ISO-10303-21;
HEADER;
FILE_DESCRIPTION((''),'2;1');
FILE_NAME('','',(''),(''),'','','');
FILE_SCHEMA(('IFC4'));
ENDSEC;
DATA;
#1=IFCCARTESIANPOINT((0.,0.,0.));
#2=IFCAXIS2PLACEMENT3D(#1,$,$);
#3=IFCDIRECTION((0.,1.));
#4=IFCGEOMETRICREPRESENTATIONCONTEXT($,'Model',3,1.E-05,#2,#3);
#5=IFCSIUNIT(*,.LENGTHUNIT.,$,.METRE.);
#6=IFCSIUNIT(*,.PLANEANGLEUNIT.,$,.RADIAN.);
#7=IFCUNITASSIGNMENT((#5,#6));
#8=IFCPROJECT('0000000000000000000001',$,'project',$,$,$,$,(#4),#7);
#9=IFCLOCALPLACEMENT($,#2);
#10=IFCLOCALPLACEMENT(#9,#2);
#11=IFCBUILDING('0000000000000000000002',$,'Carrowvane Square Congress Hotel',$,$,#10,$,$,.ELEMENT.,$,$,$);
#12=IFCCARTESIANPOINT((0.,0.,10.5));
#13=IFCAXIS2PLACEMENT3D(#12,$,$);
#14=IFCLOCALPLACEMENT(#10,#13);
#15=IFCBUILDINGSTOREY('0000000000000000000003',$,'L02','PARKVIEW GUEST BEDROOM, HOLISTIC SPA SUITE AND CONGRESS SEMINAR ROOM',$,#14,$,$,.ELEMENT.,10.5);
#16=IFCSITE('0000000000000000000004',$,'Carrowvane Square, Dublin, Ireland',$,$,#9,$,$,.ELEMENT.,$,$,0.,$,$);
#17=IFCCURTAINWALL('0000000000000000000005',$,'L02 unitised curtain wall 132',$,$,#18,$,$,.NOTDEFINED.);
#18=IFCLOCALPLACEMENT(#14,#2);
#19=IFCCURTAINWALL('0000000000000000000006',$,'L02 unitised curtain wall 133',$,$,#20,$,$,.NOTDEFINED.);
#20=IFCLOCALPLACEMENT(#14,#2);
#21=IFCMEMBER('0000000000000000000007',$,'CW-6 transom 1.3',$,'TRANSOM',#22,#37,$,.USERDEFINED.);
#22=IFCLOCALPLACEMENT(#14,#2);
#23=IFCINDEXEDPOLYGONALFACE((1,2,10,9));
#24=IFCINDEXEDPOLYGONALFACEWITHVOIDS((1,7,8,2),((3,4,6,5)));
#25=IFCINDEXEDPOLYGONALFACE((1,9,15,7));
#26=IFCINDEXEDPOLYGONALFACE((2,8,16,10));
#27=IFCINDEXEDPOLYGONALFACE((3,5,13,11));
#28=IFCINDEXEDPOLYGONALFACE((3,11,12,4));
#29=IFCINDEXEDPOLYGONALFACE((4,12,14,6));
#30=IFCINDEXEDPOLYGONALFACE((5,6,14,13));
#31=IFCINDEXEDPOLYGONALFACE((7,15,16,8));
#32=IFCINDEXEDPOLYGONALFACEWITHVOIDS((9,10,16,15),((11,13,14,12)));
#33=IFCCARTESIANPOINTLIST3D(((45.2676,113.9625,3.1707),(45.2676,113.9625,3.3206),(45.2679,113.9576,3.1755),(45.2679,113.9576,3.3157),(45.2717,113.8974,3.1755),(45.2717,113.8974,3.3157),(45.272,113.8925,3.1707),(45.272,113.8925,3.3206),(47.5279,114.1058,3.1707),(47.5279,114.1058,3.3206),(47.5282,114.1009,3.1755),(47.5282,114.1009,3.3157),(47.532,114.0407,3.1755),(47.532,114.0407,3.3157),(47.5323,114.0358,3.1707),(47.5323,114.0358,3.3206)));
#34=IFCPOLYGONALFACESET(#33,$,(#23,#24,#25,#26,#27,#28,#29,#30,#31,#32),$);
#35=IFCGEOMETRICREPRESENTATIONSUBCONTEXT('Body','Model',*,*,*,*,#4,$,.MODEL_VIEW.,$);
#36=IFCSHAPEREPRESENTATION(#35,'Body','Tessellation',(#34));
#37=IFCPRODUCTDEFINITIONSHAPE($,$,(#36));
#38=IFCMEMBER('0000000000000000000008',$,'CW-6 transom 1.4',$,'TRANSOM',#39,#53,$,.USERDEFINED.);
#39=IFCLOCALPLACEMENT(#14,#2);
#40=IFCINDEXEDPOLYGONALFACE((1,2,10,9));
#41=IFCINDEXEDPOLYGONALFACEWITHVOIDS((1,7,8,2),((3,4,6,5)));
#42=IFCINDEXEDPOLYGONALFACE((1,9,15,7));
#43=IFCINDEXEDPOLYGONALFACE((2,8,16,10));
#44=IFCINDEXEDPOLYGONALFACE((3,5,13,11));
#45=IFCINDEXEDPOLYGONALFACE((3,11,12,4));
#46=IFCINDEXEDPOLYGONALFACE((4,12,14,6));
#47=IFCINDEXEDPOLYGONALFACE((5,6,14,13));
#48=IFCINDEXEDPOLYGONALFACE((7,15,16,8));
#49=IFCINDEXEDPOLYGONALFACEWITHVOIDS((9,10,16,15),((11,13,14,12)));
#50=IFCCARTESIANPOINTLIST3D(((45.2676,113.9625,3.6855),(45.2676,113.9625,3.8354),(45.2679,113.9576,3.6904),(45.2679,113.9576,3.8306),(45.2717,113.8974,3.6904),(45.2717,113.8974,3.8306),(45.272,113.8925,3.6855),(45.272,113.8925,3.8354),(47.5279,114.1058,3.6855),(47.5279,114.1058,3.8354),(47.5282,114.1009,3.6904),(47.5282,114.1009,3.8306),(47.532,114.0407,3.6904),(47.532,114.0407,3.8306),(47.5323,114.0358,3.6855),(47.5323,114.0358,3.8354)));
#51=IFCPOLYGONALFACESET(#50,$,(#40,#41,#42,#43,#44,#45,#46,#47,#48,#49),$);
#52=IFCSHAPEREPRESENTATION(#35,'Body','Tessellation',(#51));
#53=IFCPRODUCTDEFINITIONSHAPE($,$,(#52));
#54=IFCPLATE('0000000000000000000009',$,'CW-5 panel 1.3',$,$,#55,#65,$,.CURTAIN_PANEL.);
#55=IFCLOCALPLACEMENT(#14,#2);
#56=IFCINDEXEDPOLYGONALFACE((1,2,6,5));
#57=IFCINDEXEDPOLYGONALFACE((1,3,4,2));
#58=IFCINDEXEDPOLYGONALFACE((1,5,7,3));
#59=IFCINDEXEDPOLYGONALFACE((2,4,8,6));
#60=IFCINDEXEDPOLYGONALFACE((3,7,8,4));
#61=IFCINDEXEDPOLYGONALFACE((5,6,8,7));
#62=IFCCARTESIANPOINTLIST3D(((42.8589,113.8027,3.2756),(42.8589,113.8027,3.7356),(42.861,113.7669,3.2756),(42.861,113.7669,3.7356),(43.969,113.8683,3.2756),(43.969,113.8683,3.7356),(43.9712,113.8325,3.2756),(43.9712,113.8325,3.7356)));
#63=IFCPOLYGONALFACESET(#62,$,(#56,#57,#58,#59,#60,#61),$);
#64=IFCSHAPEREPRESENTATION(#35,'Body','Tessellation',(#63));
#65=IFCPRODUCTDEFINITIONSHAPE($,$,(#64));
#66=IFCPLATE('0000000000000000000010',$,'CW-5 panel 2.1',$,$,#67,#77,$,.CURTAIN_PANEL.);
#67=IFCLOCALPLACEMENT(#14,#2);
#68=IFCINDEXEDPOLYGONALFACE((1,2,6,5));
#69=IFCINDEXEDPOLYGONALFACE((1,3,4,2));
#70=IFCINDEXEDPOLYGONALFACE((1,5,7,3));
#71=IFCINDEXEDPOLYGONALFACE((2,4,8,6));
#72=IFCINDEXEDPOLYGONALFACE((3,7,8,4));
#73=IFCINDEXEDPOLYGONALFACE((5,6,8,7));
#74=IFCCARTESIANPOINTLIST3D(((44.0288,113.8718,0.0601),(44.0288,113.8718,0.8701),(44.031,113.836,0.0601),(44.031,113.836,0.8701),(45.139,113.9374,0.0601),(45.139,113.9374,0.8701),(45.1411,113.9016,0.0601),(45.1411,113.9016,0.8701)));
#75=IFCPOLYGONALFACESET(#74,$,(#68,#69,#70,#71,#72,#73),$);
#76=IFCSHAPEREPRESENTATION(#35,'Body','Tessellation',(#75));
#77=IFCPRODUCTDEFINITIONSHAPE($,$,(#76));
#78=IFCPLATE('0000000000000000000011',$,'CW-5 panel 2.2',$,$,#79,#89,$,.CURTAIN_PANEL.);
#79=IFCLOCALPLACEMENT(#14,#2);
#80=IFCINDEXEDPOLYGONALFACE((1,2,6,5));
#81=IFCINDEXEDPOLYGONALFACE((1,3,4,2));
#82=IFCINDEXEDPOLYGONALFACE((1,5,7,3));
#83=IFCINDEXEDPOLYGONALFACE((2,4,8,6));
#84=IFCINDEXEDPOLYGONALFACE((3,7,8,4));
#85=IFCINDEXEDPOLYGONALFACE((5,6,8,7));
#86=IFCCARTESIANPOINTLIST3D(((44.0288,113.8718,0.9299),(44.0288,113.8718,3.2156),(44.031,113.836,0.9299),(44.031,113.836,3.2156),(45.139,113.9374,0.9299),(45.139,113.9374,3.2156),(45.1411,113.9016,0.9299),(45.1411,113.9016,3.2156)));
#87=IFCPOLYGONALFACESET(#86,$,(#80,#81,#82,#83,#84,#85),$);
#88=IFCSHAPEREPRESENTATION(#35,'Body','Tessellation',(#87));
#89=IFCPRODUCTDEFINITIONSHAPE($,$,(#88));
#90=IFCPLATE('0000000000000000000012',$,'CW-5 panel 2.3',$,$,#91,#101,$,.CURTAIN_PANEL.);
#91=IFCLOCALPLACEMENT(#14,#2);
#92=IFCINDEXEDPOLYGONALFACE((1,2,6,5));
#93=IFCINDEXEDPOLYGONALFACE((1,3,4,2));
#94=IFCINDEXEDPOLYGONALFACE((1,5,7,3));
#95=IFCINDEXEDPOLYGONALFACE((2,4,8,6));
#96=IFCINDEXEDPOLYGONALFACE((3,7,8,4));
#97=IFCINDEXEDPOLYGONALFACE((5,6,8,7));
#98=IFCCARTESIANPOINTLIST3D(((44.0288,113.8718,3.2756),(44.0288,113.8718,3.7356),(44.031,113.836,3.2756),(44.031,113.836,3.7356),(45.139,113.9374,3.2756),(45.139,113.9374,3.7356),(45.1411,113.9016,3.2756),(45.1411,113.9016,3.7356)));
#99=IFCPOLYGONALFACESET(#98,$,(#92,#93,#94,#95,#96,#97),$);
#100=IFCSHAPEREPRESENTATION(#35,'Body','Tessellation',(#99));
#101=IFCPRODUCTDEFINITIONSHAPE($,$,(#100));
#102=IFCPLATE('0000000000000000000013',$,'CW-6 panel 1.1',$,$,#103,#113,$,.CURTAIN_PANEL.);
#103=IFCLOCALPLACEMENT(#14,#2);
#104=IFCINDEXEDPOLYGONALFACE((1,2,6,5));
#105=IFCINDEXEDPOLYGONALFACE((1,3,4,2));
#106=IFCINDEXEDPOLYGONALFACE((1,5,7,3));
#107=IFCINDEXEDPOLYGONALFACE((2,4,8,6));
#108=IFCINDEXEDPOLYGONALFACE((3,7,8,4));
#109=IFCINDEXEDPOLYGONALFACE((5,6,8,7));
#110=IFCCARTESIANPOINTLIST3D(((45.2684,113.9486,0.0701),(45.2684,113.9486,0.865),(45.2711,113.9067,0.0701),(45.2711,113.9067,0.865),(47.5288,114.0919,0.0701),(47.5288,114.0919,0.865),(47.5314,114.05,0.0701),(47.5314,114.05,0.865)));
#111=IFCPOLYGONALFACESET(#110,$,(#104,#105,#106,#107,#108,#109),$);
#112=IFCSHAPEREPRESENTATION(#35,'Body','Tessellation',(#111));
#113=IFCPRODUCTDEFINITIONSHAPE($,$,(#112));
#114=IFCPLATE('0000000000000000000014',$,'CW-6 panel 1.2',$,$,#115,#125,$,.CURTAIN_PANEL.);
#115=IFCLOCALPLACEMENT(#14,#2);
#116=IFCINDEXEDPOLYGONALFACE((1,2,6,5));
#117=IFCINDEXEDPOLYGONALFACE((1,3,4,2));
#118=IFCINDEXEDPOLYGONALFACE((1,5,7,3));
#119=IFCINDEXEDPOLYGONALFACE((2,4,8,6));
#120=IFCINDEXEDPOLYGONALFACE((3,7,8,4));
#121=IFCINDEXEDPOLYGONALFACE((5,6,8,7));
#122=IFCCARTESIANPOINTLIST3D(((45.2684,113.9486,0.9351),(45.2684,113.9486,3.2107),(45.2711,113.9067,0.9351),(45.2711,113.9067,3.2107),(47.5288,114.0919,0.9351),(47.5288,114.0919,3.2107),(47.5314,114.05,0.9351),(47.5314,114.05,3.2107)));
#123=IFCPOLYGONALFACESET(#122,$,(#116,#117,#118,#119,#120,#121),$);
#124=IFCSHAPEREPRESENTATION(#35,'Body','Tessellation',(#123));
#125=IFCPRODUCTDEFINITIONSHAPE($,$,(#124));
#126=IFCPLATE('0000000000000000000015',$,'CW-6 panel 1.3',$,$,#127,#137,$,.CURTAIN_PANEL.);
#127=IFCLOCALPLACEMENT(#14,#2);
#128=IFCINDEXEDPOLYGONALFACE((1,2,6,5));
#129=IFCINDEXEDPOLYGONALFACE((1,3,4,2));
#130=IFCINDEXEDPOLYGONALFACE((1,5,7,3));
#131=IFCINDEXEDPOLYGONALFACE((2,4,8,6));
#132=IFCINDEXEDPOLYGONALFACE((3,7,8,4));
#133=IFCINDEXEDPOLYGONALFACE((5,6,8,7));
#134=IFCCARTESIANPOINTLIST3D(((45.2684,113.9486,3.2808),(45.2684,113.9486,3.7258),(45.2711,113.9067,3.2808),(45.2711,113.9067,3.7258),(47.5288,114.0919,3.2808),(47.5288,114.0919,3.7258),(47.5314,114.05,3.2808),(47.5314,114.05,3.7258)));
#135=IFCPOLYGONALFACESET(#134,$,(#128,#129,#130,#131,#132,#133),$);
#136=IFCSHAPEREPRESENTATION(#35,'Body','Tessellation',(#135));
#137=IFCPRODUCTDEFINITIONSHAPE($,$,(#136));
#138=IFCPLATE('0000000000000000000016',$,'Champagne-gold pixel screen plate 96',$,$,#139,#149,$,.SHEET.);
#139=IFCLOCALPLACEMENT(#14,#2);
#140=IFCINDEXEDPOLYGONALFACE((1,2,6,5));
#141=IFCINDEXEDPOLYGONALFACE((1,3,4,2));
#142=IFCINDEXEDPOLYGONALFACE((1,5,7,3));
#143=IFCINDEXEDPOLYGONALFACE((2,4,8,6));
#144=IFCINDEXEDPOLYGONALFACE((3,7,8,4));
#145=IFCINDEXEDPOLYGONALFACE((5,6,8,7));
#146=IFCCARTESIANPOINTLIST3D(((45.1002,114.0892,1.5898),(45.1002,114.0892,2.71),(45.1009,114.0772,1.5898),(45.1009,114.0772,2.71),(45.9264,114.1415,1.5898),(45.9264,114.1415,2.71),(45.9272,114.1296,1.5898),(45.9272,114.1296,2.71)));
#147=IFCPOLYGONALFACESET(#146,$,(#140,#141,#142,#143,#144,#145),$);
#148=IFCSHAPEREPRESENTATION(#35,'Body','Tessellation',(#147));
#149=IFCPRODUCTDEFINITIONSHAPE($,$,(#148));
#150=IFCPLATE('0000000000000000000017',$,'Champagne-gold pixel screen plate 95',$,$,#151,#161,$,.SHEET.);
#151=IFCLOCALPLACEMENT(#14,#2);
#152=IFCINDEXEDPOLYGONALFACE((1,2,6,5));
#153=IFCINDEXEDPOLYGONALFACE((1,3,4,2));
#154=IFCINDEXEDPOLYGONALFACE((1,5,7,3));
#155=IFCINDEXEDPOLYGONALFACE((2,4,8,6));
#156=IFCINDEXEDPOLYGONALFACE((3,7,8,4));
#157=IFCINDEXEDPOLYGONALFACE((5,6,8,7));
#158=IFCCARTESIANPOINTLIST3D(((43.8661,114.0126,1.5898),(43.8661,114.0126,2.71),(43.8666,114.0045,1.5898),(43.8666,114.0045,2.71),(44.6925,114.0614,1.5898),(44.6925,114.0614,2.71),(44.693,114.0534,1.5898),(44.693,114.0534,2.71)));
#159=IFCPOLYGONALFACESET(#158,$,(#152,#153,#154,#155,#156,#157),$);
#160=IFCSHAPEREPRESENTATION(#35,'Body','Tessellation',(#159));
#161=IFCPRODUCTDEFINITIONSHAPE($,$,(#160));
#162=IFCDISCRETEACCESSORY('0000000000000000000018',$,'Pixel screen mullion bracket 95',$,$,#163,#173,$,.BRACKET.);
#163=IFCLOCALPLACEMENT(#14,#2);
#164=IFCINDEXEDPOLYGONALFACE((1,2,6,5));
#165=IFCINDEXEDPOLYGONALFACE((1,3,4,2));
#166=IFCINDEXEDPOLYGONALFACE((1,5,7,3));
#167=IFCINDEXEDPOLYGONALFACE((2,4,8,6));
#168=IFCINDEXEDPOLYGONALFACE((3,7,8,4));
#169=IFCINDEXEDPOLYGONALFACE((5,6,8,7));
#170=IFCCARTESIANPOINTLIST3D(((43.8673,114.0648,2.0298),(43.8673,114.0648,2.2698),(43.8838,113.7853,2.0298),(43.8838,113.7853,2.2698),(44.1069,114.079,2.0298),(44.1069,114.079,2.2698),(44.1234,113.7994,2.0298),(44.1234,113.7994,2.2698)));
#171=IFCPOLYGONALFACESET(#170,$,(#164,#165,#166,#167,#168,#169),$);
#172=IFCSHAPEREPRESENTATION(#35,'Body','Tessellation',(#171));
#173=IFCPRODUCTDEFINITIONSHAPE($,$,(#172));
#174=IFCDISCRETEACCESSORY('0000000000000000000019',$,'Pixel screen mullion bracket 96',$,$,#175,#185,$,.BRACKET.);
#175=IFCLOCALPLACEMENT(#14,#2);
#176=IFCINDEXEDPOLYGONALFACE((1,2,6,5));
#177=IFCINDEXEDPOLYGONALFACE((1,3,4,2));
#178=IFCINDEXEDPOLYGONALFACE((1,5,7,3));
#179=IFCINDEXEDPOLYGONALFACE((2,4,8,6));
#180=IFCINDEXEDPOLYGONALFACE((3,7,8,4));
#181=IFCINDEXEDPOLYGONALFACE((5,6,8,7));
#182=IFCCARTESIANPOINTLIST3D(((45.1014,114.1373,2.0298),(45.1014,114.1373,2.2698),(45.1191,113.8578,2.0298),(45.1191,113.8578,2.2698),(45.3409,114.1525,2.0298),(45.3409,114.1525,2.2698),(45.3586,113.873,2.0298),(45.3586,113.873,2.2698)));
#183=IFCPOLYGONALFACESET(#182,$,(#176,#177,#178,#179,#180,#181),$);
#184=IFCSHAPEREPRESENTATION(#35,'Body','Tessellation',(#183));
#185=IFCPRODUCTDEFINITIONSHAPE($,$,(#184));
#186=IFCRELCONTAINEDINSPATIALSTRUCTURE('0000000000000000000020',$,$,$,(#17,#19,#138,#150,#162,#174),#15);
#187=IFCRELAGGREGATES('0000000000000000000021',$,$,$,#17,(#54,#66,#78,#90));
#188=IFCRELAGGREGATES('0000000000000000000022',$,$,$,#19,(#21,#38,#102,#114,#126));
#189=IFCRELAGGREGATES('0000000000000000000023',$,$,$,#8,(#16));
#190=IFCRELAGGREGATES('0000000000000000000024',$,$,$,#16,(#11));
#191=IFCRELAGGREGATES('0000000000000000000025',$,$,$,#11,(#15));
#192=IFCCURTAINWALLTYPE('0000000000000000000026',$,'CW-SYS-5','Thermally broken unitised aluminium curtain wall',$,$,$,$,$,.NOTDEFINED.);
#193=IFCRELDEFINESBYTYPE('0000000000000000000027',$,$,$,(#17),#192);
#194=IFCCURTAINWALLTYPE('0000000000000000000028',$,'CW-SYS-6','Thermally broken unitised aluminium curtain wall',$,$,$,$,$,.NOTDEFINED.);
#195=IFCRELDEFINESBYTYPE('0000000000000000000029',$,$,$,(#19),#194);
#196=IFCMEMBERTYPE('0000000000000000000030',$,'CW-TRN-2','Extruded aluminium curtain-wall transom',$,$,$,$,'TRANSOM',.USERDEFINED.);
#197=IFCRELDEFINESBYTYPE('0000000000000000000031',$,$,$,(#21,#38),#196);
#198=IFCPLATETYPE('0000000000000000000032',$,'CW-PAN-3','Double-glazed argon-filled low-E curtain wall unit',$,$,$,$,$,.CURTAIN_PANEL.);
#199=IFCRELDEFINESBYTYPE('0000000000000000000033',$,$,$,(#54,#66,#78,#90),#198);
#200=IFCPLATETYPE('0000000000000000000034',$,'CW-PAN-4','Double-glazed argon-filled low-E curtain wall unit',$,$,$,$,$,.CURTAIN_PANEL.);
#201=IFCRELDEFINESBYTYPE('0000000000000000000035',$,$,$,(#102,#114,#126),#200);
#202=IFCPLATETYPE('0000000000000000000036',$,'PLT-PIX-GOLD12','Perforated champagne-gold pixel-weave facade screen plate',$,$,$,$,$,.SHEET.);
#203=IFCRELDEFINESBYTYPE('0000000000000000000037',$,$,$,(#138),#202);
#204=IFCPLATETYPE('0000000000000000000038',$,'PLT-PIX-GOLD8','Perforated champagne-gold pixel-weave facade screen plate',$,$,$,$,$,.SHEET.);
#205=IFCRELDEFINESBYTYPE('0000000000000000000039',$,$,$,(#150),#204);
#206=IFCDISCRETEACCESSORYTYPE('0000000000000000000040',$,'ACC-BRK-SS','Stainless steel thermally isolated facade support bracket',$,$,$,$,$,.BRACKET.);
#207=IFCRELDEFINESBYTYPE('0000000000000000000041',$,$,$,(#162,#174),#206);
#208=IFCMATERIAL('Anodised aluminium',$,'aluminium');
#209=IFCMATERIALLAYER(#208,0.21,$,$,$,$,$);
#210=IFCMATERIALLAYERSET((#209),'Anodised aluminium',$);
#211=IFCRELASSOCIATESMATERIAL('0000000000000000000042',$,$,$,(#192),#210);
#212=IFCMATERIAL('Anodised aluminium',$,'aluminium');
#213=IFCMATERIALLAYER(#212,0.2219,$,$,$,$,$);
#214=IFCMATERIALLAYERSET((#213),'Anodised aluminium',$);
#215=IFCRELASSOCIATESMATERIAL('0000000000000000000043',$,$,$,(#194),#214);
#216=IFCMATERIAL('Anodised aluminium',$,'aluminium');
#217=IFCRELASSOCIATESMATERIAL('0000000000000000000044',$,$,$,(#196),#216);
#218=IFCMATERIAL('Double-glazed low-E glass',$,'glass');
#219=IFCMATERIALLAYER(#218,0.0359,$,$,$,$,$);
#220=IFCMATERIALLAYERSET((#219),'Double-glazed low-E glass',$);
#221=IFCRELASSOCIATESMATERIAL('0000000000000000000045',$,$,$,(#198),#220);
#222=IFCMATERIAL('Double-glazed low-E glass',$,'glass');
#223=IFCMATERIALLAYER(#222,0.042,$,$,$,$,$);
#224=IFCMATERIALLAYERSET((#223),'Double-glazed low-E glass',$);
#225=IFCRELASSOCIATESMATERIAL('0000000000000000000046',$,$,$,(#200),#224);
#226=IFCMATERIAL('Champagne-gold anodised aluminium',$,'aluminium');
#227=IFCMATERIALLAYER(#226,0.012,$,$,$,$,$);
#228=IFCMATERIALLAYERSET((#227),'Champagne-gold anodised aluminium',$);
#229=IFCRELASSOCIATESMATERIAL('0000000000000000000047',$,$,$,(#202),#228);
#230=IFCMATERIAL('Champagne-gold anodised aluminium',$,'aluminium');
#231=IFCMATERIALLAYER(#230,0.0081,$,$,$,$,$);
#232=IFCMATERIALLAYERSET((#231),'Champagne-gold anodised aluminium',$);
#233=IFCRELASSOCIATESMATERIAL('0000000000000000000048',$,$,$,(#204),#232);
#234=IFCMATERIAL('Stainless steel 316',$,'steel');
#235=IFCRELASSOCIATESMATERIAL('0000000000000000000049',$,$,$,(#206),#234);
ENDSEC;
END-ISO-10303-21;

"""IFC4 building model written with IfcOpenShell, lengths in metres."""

from ifc_helpers import new_model, si_unit, direction, frame, origin, origin_2d, place, context, subcontext, project, spatial, rectangle, hollow_rectangle, extrude, material, layer, layer_set, material_profile, profile_set, type_object, element, aggregate, save


model = new_model("IFC4")

# Units and contexts
model_context = context("Model", 3, precision=1e-05, world=origin(), true_north=direction((0.0, 1.0)))
body_context = subcontext(model_context, "Body", "Model", "MODEL_VIEW")
ifc_project = project(units=[si_unit("LENGTHUNIT", "METRE"), si_unit("PLANEANGLEUNIT", "RADIAN")], contexts=[model_context])

# Site, building, storey
site_placement = place(None, origin())
site = spatial("IfcSite", under=ifc_project, at=site_placement, Name="Carrowvane Square, Dublin, Ireland", CompositionType="ELEMENT", RefElevation=0.0)
building_placement = place(site_placement, origin())
building = spatial("IfcBuilding", under=site, at=building_placement, Name="Carrowvane Square Congress Hotel", CompositionType="ELEMENT")
storey_placement = place(building_placement, frame((0.0, 0.0, 10.5)))
storey = spatial("IfcBuildingStorey", under=building, at=storey_placement, Name="L02", Description="PARKVIEW GUEST BEDROOM, HOLISTIC SPA SUITE AND CONGRESS SEMINAR ROOM", CompositionType="ELEMENT", Elevation=10.5)

# Curtain walls
ifc_material_1 = material(Name="Anodised aluminium", Category="aluminium")
ifc_layer_1 = layer(ifc_material_1, 0.21)
ifc_layer_set_1 = layer_set([ifc_layer_1], Name="Anodised aluminium")
curtain_wall_type_1 = type_object("IfcCurtainWallType", Name="CW-SYS-5", Description="Thermally broken unitised aluminium curtain wall", PredefinedType="NOTDEFINED", material=ifc_layer_set_1)
curtain_wall_1_placement = place(storey_placement, origin())
curtain_wall_1 = element("IfcCurtainWall", 1, at=curtain_wall_1_placement, inside=storey, type_object=curtain_wall_type_1, Name="L02 unitised curtain wall 132", PredefinedType="NOTDEFINED")
ifc_material_2 = material(Name="Anodised aluminium", Category="aluminium")
ifc_layer_2 = layer(ifc_material_2, 0.2219)
ifc_layer_set_2 = layer_set([ifc_layer_2], Name="Anodised aluminium")
curtain_wall_type_2 = type_object("IfcCurtainWallType", Name="CW-SYS-6", Description="Thermally broken unitised aluminium curtain wall", PredefinedType="NOTDEFINED", material=ifc_layer_set_2)
curtain_wall_2_placement = place(storey_placement, origin())
curtain_wall_2 = element("IfcCurtainWall", 2, at=curtain_wall_2_placement, inside=storey, type_object=curtain_wall_type_2, Name="L02 unitised curtain wall 133", PredefinedType="NOTDEFINED")

# Members
ifc_material_3 = material(Name="Anodised aluminium", Category="aluminium")
ifc_material_profile_1 = material_profile(ifc_material_3, hollow_rectangle(XDim=0.0701, YDim=0.1499, WallThickness=0.0049, at=origin_2d()), Name="CW-TR 70x150x5")
ifc_profile_set_1 = profile_set([ifc_material_profile_1], Name="Anodised aluminium")
member_type_1 = type_object("IfcMemberType", Name="CW-TRN-2", Description="Extruded aluminium curtain-wall transom", ElementType="TRANSOM", PredefinedType="USERDEFINED", material=ifc_profile_set_1)
member_1_placement = place(storey_placement, frame((45.2698, 113.9275, 3.2456), z_axis=(0.997996, 0.063278, 0.0), x_axis=(-0.063278, 0.997996, 0.0)))
member_1 = element("IfcMember", 3, at=member_1_placement, type_object=member_type_1, Name="CW-6 transom 1.3", ObjectType="TRANSOM", PredefinedType="USERDEFINED", context=body_context, shape_type="SweptSolid", body=[
    extrude(hollow_rectangle(XDim=0.0701, YDim=0.1499, WallThickness=0.0049, at=origin_2d()), origin(), (0.0, 0.0, 1.0), 2.2649),
])
member_2_placement = place(storey_placement, frame((45.2698, 113.9275, 3.7605), z_axis=(0.997996, 0.063278, 0.0), x_axis=(-0.063278, 0.997996, 0.0)))
member_2 = element("IfcMember", 4, at=member_2_placement, type_object=member_type_1, Name="CW-6 transom 1.4", ObjectType="TRANSOM", PredefinedType="USERDEFINED", context=body_context, shape_type="SweptSolid", body=[
    extrude(hollow_rectangle(XDim=0.0701, YDim=0.1499, WallThickness=0.0049, at=origin_2d()), origin(), (0.0, 0.0, 1.0), 2.2649),
])

# Plates
ifc_material_4 = material(Name="Double-glazed low-E glass", Category="glass")
ifc_layer_3 = layer(ifc_material_4, 0.0359)
ifc_layer_set_3 = layer_set([ifc_layer_3], Name="Double-glazed low-E glass")
plate_type_1 = type_object("IfcPlateType", Name="CW-PAN-3", Description="Double-glazed argon-filled low-E curtain wall unit", PredefinedType="CURTAIN_PANEL", material=ifc_layer_set_3)
plate_1_placement = place(storey_placement, frame((43.415, 113.8176, 3.2756), z_axis=(0.0, 0.0, 1.0), x_axis=(0.998259, 0.058989, 0.0)))
plate_1 = element("IfcPlate", 5, at=plate_1_placement, type_object=plate_type_1, Name="CW-5 panel 1.3", PredefinedType="CURTAIN_PANEL", context=body_context, shape_type="SweptSolid", body=[
    extrude(rectangle(XDim=1.1121, YDim=0.0359, at=origin_2d()), origin(), (0.0, 0.0, 1.0), 0.46),
])
plate_2_placement = place(storey_placement, frame((44.585, 113.8867, 0.0601), z_axis=(0.0, 0.0, 1.0), x_axis=(0.998259, 0.058989, 0.0)))
plate_2 = element("IfcPlate", 6, at=plate_2_placement, type_object=plate_type_1, Name="CW-5 panel 2.1", PredefinedType="CURTAIN_PANEL", context=body_context, shape_type="SweptSolid", body=[
    extrude(rectangle(XDim=1.1121, YDim=0.0359, at=origin_2d()), origin(), (0.0, 0.0, 1.0), 0.8101),
])
plate_3_placement = place(storey_placement, frame((44.585, 113.8867, 0.9299), z_axis=(0.0, 0.0, 1.0), x_axis=(0.998259, 0.058989, 0.0)))
plate_3 = element("IfcPlate", 7, at=plate_3_placement, type_object=plate_type_1, Name="CW-5 panel 2.2", PredefinedType="CURTAIN_PANEL", context=body_context, shape_type="SweptSolid", body=[
    extrude(rectangle(XDim=1.1121, YDim=0.0359, at=origin_2d()), origin(), (0.0, 0.0, 1.0), 2.2856),
])
plate_4_placement = place(storey_placement, frame((44.585, 113.8867, 3.2756), z_axis=(0.0, 0.0, 1.0), x_axis=(0.998259, 0.058989, 0.0)))
plate_4 = element("IfcPlate", 8, at=plate_4_placement, type_object=plate_type_1, Name="CW-5 panel 2.3", PredefinedType="CURTAIN_PANEL", context=body_context, shape_type="SweptSolid", body=[
    extrude(rectangle(XDim=1.1121, YDim=0.0359, at=origin_2d()), origin(), (0.0, 0.0, 1.0), 0.46),
])
aggregate(curtain_wall_1, [plate_1, plate_2, plate_3, plate_4])
ifc_material_5 = material(Name="Double-glazed low-E glass", Category="glass")
ifc_layer_4 = layer(ifc_material_5, 0.042)
ifc_layer_set_4 = layer_set([ifc_layer_4], Name="Double-glazed low-E glass")
plate_type_2 = type_object("IfcPlateType", Name="CW-PAN-4", Description="Double-glazed argon-filled low-E curtain wall unit", PredefinedType="CURTAIN_PANEL", material=ifc_layer_set_4)
plate_5_placement = place(storey_placement, frame((46.3999, 113.9993, 0.0701), z_axis=(0.0, 0.0, 1.0), x_axis=(0.997996, 0.063273, 0.0)))
plate_5 = element("IfcPlate", 9, at=plate_5_placement, type_object=plate_type_2, Name="CW-6 panel 1.1", PredefinedType="CURTAIN_PANEL", context=body_context, shape_type="SweptSolid", body=[
    extrude(rectangle(XDim=2.2649, YDim=0.042, at=origin_2d()), origin(), (0.0, 0.0, 1.0), 0.7949),
])
plate_6_placement = place(storey_placement, frame((46.3999, 113.9993, 0.9351), z_axis=(0.0, 0.0, 1.0), x_axis=(0.997996, 0.063273, 0.0)))
plate_6 = element("IfcPlate", 10, at=plate_6_placement, type_object=plate_type_2, Name="CW-6 panel 1.2", PredefinedType="CURTAIN_PANEL", context=body_context, shape_type="SweptSolid", body=[
    extrude(rectangle(XDim=2.2649, YDim=0.042, at=origin_2d()), origin(), (0.0, 0.0, 1.0), 2.2756),
])
plate_7_placement = place(storey_placement, frame((46.3999, 113.9993, 3.2808), z_axis=(0.0, 0.0, 1.0), x_axis=(0.997996, 0.063273, 0.0)))
plate_7 = element("IfcPlate", 11, at=plate_7_placement, type_object=plate_type_2, Name="CW-6 panel 1.3", PredefinedType="CURTAIN_PANEL", context=body_context, shape_type="SweptSolid", body=[
    extrude(rectangle(XDim=2.2649, YDim=0.042, at=origin_2d()), origin(), (0.0, 0.0, 1.0), 0.4451),
])
aggregate(curtain_wall_2, [member_1, member_2, plate_5, plate_6, plate_7])

# Plates
ifc_material_6 = material(Name="Champagne-gold anodised aluminium", Category="aluminium")
ifc_layer_5 = layer(ifc_material_6, 0.012)
ifc_layer_set_5 = layer_set([ifc_layer_5], Name="Champagne-gold anodised aluminium")
plate_type_3 = type_object("IfcPlateType", Name="PLT-PIX-GOLD12", Description="Perforated champagne-gold pixel-weave facade screen plate", PredefinedType="SHEET", material=ifc_layer_set_5)
plate_8_placement = place(storey_placement, frame((45.5137, 114.1094, 1.5898), z_axis=(0.0, 0.0, 1.0), x_axis=(0.997996, 0.063277, 0.0)))
element("IfcPlate", 12, at=plate_8_placement, inside=storey, type_object=plate_type_3, Name="Champagne-gold pixel screen plate 96", PredefinedType="SHEET", context=body_context, shape_type="SweptSolid", body=[
    extrude(rectangle(XDim=0.8279, YDim=0.012, at=origin_2d()), origin(), (0.0, 0.0, 1.0), 1.1201),
])
ifc_material_7 = material(Name="Champagne-gold anodised aluminium", Category="aluminium")
ifc_layer_6 = layer(ifc_material_7, 0.0081)
ifc_layer_set_6 = layer_set([ifc_layer_6], Name="Champagne-gold anodised aluminium")
plate_type_4 = type_object("IfcPlateType", Name="PLT-PIX-GOLD8", Description="Perforated champagne-gold pixel-weave facade screen plate", PredefinedType="SHEET", material=ifc_layer_set_6)
plate_9_placement = place(storey_placement, frame((44.2795, 114.033, 1.5898), z_axis=(0.0, 0.0, 1.0), x_axis=(0.998259, 0.058985, 0.0)))
element("IfcPlate", 13, at=plate_9_placement, inside=storey, type_object=plate_type_4, Name="Champagne-gold pixel screen plate 95", PredefinedType="SHEET", context=body_context, shape_type="SweptSolid", body=[
    extrude(rectangle(XDim=0.8279, YDim=0.0081, at=origin_2d()), origin(), (0.0, 0.0, 1.0), 1.1201),
])

# Discrete accessories
ifc_material_8 = material(Name="Stainless steel 316", Category="steel")
discrete_accessory_type = type_object("IfcDiscreteAccessoryType", Name="ACC-BRK-SS", Description="Stainless steel thermally isolated facade support bracket", PredefinedType="BRACKET", material=ifc_material_8)
for number, where, z_axis, x_axis, name in (
    (14, (43.9954, 113.9321, 2.0298), (0.0, 0.0, 1.0), (0.998259, 0.058985, 0.0), "Pixel screen mullion bracket 95"),
    (15, (45.23, 114.0051, 2.0298), (0.0, 0.0, 1.0), (0.997996, 0.063277, 0.0), "Pixel screen mullion bracket 96"),
):
    element("IfcDiscreteAccessory", number, at=place(storey_placement, frame(where, z_axis=z_axis, x_axis=x_axis)), inside=storey, type_object=discrete_accessory_type, Name=name, PredefinedType="BRACKET", context=body_context, shape_type="SweptSolid", body=[
        extrude(rectangle(XDim=0.24, YDim=0.28, at=origin_2d()), origin(), (0.0, 0.0, 1.0), 0.24),
    ])

save(model, "model.ifc")
